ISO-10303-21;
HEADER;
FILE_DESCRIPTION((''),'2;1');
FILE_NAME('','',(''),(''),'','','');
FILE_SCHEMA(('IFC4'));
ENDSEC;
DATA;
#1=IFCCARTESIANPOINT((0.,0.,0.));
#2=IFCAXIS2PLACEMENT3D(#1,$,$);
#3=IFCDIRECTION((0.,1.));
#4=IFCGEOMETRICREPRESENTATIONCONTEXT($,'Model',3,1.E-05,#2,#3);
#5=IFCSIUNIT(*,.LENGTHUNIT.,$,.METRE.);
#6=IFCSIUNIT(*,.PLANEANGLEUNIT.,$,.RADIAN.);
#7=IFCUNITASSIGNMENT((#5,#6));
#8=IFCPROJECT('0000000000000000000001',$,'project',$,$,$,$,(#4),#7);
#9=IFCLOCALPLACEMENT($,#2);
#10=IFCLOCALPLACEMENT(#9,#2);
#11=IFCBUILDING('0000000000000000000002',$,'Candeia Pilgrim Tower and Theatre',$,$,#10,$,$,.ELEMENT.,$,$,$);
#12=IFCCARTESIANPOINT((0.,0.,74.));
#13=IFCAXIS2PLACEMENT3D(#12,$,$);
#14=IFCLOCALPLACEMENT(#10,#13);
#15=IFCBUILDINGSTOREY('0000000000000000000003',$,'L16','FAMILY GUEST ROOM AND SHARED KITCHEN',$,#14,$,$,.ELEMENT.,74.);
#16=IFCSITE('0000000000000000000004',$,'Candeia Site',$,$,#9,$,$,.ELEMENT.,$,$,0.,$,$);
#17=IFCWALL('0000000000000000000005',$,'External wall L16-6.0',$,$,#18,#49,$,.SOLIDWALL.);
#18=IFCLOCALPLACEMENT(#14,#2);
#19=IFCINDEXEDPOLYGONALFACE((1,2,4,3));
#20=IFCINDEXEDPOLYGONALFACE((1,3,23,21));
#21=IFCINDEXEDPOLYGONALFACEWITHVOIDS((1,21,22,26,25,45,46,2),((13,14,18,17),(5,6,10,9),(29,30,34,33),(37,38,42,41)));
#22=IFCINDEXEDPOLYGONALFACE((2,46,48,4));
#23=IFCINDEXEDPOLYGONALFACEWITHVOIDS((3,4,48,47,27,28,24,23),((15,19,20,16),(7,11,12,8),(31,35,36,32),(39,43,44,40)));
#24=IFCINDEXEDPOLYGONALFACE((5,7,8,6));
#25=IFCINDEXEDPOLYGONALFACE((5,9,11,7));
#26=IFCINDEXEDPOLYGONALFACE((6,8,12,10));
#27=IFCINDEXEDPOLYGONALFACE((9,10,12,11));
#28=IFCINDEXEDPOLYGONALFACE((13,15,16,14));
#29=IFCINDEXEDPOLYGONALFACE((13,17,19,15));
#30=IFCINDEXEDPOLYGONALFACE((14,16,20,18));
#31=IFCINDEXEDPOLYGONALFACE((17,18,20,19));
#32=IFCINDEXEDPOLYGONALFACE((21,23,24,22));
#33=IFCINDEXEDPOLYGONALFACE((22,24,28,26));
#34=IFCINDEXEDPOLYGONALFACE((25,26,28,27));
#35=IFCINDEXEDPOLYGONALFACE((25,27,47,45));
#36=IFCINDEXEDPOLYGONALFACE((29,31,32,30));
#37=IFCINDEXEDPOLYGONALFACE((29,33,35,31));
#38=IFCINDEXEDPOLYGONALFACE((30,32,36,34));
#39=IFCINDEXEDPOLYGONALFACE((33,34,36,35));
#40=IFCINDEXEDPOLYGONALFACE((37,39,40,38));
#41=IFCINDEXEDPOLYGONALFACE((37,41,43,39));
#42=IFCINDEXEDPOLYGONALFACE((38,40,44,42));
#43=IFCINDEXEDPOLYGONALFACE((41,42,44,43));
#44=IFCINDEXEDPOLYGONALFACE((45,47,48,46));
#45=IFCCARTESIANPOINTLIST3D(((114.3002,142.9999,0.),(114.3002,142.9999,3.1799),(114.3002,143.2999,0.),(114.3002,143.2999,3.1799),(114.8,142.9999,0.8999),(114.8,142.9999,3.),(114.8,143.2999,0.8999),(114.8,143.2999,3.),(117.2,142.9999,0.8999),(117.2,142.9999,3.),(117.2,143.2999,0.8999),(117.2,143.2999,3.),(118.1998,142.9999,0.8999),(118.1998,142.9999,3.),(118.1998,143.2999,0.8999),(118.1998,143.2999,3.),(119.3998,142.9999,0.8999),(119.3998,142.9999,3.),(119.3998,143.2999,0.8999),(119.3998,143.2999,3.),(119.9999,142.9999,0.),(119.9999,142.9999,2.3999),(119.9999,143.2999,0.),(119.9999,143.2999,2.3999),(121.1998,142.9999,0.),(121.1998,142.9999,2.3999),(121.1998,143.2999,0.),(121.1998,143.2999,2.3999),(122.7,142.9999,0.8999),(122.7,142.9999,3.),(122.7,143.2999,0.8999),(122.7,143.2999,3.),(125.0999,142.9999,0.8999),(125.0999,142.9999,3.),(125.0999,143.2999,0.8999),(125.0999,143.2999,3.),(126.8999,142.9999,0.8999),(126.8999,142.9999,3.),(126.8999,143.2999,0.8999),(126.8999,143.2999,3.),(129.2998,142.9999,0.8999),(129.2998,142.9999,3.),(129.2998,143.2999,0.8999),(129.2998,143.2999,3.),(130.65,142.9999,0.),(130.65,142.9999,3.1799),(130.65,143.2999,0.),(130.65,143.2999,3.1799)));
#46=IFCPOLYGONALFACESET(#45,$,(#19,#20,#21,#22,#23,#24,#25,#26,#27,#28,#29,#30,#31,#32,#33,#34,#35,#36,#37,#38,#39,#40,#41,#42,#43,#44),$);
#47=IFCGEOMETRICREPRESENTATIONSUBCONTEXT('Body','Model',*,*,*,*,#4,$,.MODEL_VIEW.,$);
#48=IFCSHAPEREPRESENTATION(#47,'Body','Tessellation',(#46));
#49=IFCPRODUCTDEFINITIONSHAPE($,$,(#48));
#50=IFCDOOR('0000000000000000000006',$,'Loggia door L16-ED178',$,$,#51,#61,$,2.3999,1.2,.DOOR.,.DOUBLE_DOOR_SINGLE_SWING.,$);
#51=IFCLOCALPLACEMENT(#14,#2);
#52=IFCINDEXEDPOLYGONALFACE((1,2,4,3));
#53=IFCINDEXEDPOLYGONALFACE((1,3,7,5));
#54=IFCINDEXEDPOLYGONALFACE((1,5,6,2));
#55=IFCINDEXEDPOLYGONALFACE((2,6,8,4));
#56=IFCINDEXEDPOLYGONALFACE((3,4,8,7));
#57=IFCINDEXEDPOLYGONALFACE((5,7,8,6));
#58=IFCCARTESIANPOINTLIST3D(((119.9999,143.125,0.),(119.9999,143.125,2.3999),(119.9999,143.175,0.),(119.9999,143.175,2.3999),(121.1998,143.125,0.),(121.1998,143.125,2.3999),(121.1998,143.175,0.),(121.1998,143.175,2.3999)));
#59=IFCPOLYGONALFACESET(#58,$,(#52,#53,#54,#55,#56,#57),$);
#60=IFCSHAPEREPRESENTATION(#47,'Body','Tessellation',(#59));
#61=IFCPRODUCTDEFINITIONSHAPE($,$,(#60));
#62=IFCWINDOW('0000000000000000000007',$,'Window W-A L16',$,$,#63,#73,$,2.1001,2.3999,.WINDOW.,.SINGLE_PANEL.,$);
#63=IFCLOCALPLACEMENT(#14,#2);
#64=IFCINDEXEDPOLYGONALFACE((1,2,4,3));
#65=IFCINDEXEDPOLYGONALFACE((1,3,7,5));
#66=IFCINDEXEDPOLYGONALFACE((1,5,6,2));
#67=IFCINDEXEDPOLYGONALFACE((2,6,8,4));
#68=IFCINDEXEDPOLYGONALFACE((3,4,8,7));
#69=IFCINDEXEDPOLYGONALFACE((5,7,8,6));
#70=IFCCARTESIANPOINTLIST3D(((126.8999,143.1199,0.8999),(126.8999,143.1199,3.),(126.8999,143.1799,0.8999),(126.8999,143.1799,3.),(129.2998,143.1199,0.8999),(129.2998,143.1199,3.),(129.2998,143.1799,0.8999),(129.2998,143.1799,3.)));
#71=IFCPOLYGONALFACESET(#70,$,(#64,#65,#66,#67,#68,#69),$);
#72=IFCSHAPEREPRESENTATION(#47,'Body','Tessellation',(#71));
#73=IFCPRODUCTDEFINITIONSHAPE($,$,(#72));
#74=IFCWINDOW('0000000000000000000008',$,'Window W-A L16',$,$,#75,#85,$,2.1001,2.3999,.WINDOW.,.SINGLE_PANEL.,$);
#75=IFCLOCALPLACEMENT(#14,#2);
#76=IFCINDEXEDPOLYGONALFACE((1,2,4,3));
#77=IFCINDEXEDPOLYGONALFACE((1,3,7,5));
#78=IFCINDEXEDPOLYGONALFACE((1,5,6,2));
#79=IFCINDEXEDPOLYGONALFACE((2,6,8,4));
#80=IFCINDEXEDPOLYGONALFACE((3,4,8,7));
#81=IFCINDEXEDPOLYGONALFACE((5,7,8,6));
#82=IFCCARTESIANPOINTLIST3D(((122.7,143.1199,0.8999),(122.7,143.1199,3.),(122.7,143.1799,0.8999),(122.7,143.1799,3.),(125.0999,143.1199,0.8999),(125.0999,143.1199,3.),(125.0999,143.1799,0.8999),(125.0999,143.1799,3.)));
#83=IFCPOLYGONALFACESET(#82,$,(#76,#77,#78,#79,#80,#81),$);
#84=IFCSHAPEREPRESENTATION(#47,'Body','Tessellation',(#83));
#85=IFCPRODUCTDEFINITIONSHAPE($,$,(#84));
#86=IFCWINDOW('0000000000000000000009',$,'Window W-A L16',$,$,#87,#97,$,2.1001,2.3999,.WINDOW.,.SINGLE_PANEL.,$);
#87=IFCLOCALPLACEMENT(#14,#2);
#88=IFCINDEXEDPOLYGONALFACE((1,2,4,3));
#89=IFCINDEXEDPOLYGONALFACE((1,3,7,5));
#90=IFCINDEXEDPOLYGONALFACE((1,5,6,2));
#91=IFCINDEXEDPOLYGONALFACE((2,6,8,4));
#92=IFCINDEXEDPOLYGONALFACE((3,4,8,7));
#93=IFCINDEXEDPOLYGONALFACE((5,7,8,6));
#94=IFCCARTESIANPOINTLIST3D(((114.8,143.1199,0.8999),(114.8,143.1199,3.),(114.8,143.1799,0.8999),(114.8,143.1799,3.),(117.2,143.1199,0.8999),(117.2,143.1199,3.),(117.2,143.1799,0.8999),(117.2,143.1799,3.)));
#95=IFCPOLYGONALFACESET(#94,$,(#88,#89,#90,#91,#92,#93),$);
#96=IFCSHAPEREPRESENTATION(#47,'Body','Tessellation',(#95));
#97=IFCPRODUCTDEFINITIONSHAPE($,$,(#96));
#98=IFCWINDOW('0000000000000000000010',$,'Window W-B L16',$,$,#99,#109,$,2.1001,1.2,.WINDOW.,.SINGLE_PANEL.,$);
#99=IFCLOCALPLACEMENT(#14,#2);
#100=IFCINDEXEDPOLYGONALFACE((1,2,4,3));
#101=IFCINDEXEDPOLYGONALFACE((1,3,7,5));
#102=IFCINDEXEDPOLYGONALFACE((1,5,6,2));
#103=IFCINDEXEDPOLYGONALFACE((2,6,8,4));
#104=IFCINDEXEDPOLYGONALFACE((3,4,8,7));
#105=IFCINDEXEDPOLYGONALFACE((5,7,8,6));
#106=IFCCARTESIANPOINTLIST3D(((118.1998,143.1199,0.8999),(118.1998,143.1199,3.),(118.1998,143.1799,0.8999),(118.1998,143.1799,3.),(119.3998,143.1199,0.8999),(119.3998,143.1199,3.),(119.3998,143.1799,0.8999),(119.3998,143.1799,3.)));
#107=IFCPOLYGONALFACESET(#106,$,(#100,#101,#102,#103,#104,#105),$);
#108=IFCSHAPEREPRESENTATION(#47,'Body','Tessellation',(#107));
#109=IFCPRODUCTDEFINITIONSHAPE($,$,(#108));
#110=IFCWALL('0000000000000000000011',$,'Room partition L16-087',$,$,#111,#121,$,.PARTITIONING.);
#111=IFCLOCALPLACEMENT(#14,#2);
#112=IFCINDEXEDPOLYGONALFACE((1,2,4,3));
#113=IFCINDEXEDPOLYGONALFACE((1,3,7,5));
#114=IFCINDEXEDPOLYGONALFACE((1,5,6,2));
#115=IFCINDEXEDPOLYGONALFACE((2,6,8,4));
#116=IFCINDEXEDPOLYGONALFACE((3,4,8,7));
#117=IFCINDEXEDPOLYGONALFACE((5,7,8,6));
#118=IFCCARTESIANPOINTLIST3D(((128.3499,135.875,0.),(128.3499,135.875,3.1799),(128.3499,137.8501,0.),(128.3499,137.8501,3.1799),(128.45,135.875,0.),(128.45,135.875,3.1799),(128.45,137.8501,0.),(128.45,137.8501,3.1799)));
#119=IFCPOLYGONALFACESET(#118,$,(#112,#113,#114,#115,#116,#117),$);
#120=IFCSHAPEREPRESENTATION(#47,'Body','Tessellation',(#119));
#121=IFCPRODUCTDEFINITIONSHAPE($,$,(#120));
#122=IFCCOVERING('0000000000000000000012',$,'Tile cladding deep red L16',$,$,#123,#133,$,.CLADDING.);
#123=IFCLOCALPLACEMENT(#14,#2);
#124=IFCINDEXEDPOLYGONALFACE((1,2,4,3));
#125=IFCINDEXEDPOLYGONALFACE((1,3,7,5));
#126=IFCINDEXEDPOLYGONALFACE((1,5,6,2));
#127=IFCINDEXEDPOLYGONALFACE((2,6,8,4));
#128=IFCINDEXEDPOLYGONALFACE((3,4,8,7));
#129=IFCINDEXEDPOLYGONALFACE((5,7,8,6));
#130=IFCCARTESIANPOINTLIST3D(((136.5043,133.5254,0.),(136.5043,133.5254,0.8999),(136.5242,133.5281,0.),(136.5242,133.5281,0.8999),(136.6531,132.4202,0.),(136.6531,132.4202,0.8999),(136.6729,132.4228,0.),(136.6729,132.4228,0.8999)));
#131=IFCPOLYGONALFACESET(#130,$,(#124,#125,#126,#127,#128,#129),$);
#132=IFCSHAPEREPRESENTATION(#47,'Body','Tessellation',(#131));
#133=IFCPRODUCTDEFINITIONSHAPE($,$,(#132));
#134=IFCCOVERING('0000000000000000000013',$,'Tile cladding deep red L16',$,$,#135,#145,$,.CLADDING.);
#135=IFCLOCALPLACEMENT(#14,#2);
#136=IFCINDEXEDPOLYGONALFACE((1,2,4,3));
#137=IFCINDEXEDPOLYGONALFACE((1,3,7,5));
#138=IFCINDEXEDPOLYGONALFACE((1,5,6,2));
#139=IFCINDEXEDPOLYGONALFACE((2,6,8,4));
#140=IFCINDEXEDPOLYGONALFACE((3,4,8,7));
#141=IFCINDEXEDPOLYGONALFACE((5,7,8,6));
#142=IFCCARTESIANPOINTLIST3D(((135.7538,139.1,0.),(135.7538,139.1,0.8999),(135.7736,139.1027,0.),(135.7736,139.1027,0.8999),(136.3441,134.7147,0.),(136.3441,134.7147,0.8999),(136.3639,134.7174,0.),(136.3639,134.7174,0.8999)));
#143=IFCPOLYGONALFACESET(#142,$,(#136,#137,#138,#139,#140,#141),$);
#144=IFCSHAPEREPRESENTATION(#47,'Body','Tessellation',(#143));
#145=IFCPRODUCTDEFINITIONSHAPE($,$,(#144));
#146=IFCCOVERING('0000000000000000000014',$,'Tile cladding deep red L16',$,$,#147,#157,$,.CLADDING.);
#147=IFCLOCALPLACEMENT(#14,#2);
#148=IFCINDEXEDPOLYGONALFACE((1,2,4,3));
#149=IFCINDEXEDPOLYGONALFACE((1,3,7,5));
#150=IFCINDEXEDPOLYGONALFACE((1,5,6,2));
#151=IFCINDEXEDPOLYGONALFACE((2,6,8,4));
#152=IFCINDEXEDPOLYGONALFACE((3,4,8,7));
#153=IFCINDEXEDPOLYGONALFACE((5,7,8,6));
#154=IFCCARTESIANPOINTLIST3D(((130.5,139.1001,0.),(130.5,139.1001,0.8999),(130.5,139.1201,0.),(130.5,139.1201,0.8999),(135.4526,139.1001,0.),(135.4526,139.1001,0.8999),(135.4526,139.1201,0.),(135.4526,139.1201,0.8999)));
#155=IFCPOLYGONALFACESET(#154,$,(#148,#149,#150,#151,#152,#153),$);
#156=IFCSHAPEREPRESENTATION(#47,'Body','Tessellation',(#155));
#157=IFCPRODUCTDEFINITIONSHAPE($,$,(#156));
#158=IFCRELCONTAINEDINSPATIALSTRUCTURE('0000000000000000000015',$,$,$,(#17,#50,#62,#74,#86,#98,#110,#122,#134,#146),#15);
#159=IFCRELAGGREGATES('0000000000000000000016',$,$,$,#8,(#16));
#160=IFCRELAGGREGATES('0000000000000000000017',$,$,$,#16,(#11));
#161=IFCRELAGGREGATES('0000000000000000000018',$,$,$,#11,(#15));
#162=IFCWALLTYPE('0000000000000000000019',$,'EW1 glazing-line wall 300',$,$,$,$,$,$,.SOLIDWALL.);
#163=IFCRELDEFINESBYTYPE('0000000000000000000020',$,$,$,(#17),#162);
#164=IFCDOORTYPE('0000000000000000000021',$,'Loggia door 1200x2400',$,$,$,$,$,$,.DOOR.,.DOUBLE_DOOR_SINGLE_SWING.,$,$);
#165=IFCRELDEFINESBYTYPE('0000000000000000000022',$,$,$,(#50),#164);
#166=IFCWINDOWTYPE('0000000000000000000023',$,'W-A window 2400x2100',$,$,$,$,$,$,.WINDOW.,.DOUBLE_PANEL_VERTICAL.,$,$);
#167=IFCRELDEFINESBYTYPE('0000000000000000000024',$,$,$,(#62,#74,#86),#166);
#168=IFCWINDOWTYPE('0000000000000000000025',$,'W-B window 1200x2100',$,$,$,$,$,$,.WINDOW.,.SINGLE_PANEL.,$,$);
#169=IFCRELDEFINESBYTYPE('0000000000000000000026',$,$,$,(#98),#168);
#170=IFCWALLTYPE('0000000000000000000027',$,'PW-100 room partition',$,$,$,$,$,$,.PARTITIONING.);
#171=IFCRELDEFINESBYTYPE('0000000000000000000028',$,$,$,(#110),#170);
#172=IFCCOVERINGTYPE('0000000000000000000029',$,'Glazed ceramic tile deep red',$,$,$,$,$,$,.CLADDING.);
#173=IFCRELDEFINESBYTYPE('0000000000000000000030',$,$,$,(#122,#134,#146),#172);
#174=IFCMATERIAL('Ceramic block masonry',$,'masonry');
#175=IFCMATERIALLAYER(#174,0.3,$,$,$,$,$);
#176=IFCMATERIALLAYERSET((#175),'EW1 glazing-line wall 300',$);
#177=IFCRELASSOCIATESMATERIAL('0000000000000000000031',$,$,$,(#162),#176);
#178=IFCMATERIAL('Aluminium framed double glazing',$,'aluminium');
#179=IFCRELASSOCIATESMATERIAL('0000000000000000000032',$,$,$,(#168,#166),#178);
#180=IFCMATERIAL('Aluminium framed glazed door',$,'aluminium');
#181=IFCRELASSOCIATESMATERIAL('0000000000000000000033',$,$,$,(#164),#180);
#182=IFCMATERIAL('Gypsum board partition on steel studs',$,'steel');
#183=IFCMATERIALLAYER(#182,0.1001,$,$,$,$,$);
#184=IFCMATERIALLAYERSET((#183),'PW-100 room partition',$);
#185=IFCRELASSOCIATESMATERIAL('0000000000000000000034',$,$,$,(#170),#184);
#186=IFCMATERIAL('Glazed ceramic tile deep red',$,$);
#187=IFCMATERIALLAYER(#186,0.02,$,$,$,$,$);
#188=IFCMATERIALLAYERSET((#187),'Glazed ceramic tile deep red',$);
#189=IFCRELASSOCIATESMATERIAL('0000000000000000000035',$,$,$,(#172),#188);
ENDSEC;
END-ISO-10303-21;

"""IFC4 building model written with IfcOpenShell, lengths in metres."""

from ifc_helpers import new_model, si_unit, direction, frame, frame_2d, origin, origin_2d, place, context, subcontext, project, spatial, rectangle, extrude, material, layer, layer_set, type_object, element, fill, save


model = new_model("IFC4")

# Units and contexts
model_context = context("Model", 3, precision=1e-05, world=origin(), true_north=direction((0.0, 1.0)))
body_context = subcontext(model_context, "Body", "Model", "MODEL_VIEW")
ifc_project = project(units=[si_unit("LENGTHUNIT", "METRE"), si_unit("PLANEANGLEUNIT", "RADIAN")], contexts=[model_context])

# Site, building, storey
site_placement = place(None, origin())
site = spatial("IfcSite", under=ifc_project, at=site_placement, Name="Candeia Site", CompositionType="ELEMENT", RefElevation=0.0)
building_placement = place(site_placement, origin())
building = spatial("IfcBuilding", under=site, at=building_placement, Name="Candeia Pilgrim Tower and Theatre", CompositionType="ELEMENT")
storey_placement = place(building_placement, frame((0.0, 0.0, 74.0)))
storey = spatial("IfcBuildingStorey", under=building, at=storey_placement, Name="L16", Description="FAMILY GUEST ROOM AND SHARED KITCHEN", CompositionType="ELEMENT", Elevation=74.0)

# Shared definitions
ifc_material_1 = material(Name="Ceramic block masonry", Category="masonry")
ifc_layer_1 = layer(ifc_material_1, 0.3)
ifc_layer_set_1 = layer_set([ifc_layer_1], Name="EW1 glazing-line wall 300")
wall_type_1 = type_object("IfcWallType", Name="EW1 glazing-line wall 300", PredefinedType="SOLIDWALL", material=ifc_layer_set_1)
ifc_material_2 = material(Name="Aluminium framed double glazing", Category="aluminium")
window_type_1 = type_object("IfcWindowType", Name="W-B window 1200x2100", PartitioningType="SINGLE_PANEL", PredefinedType="WINDOW", material=ifc_material_2)
window_type_2 = type_object("IfcWindowType", Name="W-A window 2400x2100", PartitioningType="DOUBLE_PANEL_VERTICAL", PredefinedType="WINDOW", material=ifc_material_2)

# Wall, openings, door, windows
wall_1_placement = place(storey_placement, frame((130.6499, 143.1499, 0.0), z_axis=(0.0, 0.0, 1.0), x_axis=(-1.0, 0.0, 0.0)))
wall_1 = element("IfcWall", 1, at=wall_1_placement, inside=storey, type_object=wall_type_1, Name="External wall L16-6.0", PredefinedType="SOLIDWALL", context=body_context, shape_type="SweptSolid", body=[
    extrude(rectangle(XDim=16.3499, YDim=0.3, at=frame_2d((8.1748, 0.0))), origin(), (0.0, 0.0, 1.0), 3.1799),
])
opening_1_placement = place(wall_1_placement, frame((1.3501, 0.0, 0.8999)))
opening_1 = element("IfcOpeningElement", 2, at=opening_1_placement, cuts=wall_1, PredefinedType="OPENING", context=body_context, shape_type="SweptSolid", body=[
    extrude(rectangle(XDim=2.3999, YDim=2.1001, at=frame_2d((1.2, 1.05))), frame((0.0, 0.1602, 0.0), z_axis=(0.0, -1.0, 0.0), x_axis=(1.0, 0.0, 0.0)), (0.0, 0.0, 1.0), 0.3201),
])
opening_2_placement = place(wall_1_placement, frame((5.55, 0.0, 0.8999)))
opening_2 = element("IfcOpeningElement", 3, at=opening_2_placement, cuts=wall_1, PredefinedType="OPENING", context=body_context, shape_type="SweptSolid", body=[
    extrude(rectangle(XDim=2.3999, YDim=2.1001, at=frame_2d((1.2, 1.05))), frame((0.0, 0.1602, 0.0), z_axis=(0.0, -1.0, 0.0), x_axis=(1.0, 0.0, 0.0)), (0.0, 0.0, 1.0), 0.3201),
])
opening_3_placement = place(wall_1_placement, frame((9.45, 0.0, 0.0)))
opening_3 = element("IfcOpeningElement", 4, at=opening_3_placement, cuts=wall_1, PredefinedType="OPENING", context=body_context, shape_type="SweptSolid", body=[
    extrude(rectangle(XDim=1.2, YDim=2.3999, at=frame_2d((0.6001, 1.2))), frame((0.0, 0.1602, 0.0), z_axis=(0.0, -1.0, 0.0), x_axis=(1.0, 0.0, 0.0)), (0.0, 0.0, 1.0), 0.3201),
])
opening_4_placement = place(wall_1_placement, frame((11.25, 0.0, 0.8999)))
opening_4 = element("IfcOpeningElement", 5, at=opening_4_placement, cuts=wall_1, PredefinedType="OPENING", context=body_context, shape_type="SweptSolid", body=[
    extrude(rectangle(XDim=1.2, YDim=2.1001, at=frame_2d((0.6001, 1.05))), frame((0.0, 0.1602, 0.0), z_axis=(0.0, -1.0, 0.0), x_axis=(1.0, 0.0, 0.0)), (0.0, 0.0, 1.0), 0.3201),
])
opening_5_placement = place(wall_1_placement, frame((13.45, 0.0, 0.8999)))
opening_5 = element("IfcOpeningElement", 6, at=opening_5_placement, cuts=wall_1, PredefinedType="OPENING", context=body_context, shape_type="SweptSolid", body=[
    extrude(rectangle(XDim=2.3999, YDim=2.1001, at=frame_2d((1.2, 1.05))), frame((0.0, 0.1602, 0.0), z_axis=(0.0, -1.0, 0.0), x_axis=(1.0, 0.0, 0.0)), (0.0, 0.0, 1.0), 0.3201),
])
ifc_material_3 = material(Name="Aluminium framed glazed door", Category="aluminium")
door_type = type_object("IfcDoorType", Name="Loggia door 1200x2400", OperationType="DOUBLE_DOOR_SINGLE_SWING", PredefinedType="DOOR", material=ifc_material_3)
door_placement = place(opening_3_placement, origin())
door = element("IfcDoor", 7, at=door_placement, inside=storey, type_object=door_type, Name="Loggia door L16-ED178", OperationType="DOUBLE_DOOR_SINGLE_SWING", OverallHeight=2.3999, OverallWidth=1.2, PredefinedType="DOOR", context=body_context, shape_type="SweptSolid", body=[
    extrude(rectangle(XDim=1.2, YDim=2.3999, at=frame_2d((0.6001, 1.2))), frame((0.0, 0.0249, 0.0), z_axis=(0.0, -1.0, 0.0), x_axis=(1.0, 0.0, 0.0)), (0.0, 0.0, 1.0), 0.05),
])
fill(opening_3, door)
window_1_placement = place(opening_1_placement, origin())
window_1 = element("IfcWindow", 8, at=window_1_placement, inside=storey, type_object=window_type_2, Name="Window W-A L16", OverallHeight=2.1001, OverallWidth=2.3999, PartitioningType="SINGLE_PANEL", PredefinedType="WINDOW", context=body_context, shape_type="SweptSolid", body=[
    extrude(rectangle(XDim=2.3999, YDim=2.1001, at=frame_2d((1.2, 1.05))), frame((0.0, 0.03, 0.0), z_axis=(0.0, -1.0, 0.0), x_axis=(1.0, 0.0, 0.0)), (0.0, 0.0, 1.0), 0.0601),
])
fill(opening_1, window_1)
window_2_placement = place(opening_2_placement, origin())
window_2 = element("IfcWindow", 9, at=window_2_placement, inside=storey, type_object=window_type_2, Name="Window W-A L16", OverallHeight=2.1001, OverallWidth=2.3999, PartitioningType="SINGLE_PANEL", PredefinedType="WINDOW", context=body_context, shape_type="SweptSolid", body=[
    extrude(rectangle(XDim=2.3999, YDim=2.1001, at=frame_2d((1.2, 1.05))), frame((0.0, 0.03, 0.0), z_axis=(0.0, -1.0, 0.0), x_axis=(1.0, 0.0, 0.0)), (0.0, 0.0, 1.0), 0.0601),
])
fill(opening_2, window_2)
window_3_placement = place(opening_5_placement, origin())
window_3 = element("IfcWindow", 10, at=window_3_placement, inside=storey, type_object=window_type_2, Name="Window W-A L16", OverallHeight=2.1001, OverallWidth=2.3999, PartitioningType="SINGLE_PANEL", PredefinedType="WINDOW", context=body_context, shape_type="SweptSolid", body=[
    extrude(rectangle(XDim=2.3999, YDim=2.1001, at=frame_2d((1.2, 1.05))), frame((0.0, 0.03, 0.0), z_axis=(0.0, -1.0, 0.0), x_axis=(1.0, 0.0, 0.0)), (0.0, 0.0, 1.0), 0.0601),
])
fill(opening_5, window_3)
window_4_placement = place(opening_4_placement, origin())
window_4 = element("IfcWindow", 11, at=window_4_placement, inside=storey, type_object=window_type_1, Name="Window W-B L16", OverallHeight=2.1001, OverallWidth=1.2, PartitioningType="SINGLE_PANEL", PredefinedType="WINDOW", context=body_context, shape_type="SweptSolid", body=[
    extrude(rectangle(XDim=1.2, YDim=2.1001, at=frame_2d((0.6001, 1.05))), frame((0.0, 0.03, 0.0), z_axis=(0.0, -1.0, 0.0), x_axis=(1.0, 0.0, 0.0)), (0.0, 0.0, 1.0), 0.0601),
])
fill(opening_4, window_4)

# Wall
ifc_material_4 = material(Name="Gypsum board partition on steel studs", Category="steel")
ifc_layer_2 = layer(ifc_material_4, 0.1001)
ifc_layer_set_2 = layer_set([ifc_layer_2], Name="PW-100 room partition")
wall_type_2 = type_object("IfcWallType", Name="PW-100 room partition", PredefinedType="PARTITIONING", material=ifc_layer_set_2)
wall_2_placement = place(storey_placement, frame((128.3999, 135.875, 0.0), z_axis=(0.0, 0.0, 1.0), x_axis=(0.0, 1.0, 0.0)))
element("IfcWall", 12, at=wall_2_placement, inside=storey, type_object=wall_type_2, Name="Room partition L16-087", PredefinedType="PARTITIONING", context=body_context, shape_type="SweptSolid", body=[
    extrude(rectangle(XDim=1.9751, YDim=0.1001, at=frame_2d((0.9875, 0.0))), origin(), (0.0, 0.0, 1.0), 3.1799),
])

# Coverings
ifc_material_5 = material(Name="Glazed ceramic tile deep red")
ifc_layer_3 = layer(ifc_material_5, 0.02)
ifc_layer_set_3 = layer_set([ifc_layer_3], Name="Glazed ceramic tile deep red")
covering_type = type_object("IfcCoveringType", Name="Glazed ceramic tile deep red", PredefinedType="CLADDING", material=ifc_layer_set_3)
covering_1_placement = place(storey_placement, frame((136.5886, 132.9741, 0.0), z_axis=(0.0, 0.0, 1.0), x_axis=(-0.133412, 0.991061, 0.0)))
element("IfcCovering", 13, at=covering_1_placement, inside=storey, type_object=covering_type, Name="Tile cladding deep red L16", PredefinedType="CLADDING", context=body_context, shape_type="SweptSolid", body=[
    extrude(rectangle(XDim=1.1152, YDim=0.02, at=origin_2d()), origin(), (0.0, 0.0, 1.0), 0.8999),
])
covering_2_placement = place(storey_placement, frame((136.0588, 136.9087, 0.0), z_axis=(0.0, 0.0, 1.0), x_axis=(-0.133412, 0.991061, 0.0)))
element("IfcCovering", 14, at=covering_2_placement, inside=storey, type_object=covering_type, Name="Tile cladding deep red L16", PredefinedType="CLADDING", context=body_context, shape_type="SweptSolid", body=[
    extrude(rectangle(XDim=4.4248, YDim=0.02, at=origin_2d()), origin(), (0.0, 0.0, 1.0), 0.8999),
])
covering_3_placement = place(storey_placement, frame((132.9763, 139.1101, 0.0), z_axis=(0.0, 0.0, 1.0), x_axis=(-1.0, 0.0, 0.0)))
element("IfcCovering", 15, at=covering_3_placement, inside=storey, type_object=covering_type, Name="Tile cladding deep red L16", PredefinedType="CLADDING", context=body_context, shape_type="SweptSolid", body=[
    extrude(rectangle(XDim=4.9526, YDim=0.02, at=origin_2d()), origin(), (0.0, 0.0, 1.0), 0.8999),
])

save(model, "model.ifc")
